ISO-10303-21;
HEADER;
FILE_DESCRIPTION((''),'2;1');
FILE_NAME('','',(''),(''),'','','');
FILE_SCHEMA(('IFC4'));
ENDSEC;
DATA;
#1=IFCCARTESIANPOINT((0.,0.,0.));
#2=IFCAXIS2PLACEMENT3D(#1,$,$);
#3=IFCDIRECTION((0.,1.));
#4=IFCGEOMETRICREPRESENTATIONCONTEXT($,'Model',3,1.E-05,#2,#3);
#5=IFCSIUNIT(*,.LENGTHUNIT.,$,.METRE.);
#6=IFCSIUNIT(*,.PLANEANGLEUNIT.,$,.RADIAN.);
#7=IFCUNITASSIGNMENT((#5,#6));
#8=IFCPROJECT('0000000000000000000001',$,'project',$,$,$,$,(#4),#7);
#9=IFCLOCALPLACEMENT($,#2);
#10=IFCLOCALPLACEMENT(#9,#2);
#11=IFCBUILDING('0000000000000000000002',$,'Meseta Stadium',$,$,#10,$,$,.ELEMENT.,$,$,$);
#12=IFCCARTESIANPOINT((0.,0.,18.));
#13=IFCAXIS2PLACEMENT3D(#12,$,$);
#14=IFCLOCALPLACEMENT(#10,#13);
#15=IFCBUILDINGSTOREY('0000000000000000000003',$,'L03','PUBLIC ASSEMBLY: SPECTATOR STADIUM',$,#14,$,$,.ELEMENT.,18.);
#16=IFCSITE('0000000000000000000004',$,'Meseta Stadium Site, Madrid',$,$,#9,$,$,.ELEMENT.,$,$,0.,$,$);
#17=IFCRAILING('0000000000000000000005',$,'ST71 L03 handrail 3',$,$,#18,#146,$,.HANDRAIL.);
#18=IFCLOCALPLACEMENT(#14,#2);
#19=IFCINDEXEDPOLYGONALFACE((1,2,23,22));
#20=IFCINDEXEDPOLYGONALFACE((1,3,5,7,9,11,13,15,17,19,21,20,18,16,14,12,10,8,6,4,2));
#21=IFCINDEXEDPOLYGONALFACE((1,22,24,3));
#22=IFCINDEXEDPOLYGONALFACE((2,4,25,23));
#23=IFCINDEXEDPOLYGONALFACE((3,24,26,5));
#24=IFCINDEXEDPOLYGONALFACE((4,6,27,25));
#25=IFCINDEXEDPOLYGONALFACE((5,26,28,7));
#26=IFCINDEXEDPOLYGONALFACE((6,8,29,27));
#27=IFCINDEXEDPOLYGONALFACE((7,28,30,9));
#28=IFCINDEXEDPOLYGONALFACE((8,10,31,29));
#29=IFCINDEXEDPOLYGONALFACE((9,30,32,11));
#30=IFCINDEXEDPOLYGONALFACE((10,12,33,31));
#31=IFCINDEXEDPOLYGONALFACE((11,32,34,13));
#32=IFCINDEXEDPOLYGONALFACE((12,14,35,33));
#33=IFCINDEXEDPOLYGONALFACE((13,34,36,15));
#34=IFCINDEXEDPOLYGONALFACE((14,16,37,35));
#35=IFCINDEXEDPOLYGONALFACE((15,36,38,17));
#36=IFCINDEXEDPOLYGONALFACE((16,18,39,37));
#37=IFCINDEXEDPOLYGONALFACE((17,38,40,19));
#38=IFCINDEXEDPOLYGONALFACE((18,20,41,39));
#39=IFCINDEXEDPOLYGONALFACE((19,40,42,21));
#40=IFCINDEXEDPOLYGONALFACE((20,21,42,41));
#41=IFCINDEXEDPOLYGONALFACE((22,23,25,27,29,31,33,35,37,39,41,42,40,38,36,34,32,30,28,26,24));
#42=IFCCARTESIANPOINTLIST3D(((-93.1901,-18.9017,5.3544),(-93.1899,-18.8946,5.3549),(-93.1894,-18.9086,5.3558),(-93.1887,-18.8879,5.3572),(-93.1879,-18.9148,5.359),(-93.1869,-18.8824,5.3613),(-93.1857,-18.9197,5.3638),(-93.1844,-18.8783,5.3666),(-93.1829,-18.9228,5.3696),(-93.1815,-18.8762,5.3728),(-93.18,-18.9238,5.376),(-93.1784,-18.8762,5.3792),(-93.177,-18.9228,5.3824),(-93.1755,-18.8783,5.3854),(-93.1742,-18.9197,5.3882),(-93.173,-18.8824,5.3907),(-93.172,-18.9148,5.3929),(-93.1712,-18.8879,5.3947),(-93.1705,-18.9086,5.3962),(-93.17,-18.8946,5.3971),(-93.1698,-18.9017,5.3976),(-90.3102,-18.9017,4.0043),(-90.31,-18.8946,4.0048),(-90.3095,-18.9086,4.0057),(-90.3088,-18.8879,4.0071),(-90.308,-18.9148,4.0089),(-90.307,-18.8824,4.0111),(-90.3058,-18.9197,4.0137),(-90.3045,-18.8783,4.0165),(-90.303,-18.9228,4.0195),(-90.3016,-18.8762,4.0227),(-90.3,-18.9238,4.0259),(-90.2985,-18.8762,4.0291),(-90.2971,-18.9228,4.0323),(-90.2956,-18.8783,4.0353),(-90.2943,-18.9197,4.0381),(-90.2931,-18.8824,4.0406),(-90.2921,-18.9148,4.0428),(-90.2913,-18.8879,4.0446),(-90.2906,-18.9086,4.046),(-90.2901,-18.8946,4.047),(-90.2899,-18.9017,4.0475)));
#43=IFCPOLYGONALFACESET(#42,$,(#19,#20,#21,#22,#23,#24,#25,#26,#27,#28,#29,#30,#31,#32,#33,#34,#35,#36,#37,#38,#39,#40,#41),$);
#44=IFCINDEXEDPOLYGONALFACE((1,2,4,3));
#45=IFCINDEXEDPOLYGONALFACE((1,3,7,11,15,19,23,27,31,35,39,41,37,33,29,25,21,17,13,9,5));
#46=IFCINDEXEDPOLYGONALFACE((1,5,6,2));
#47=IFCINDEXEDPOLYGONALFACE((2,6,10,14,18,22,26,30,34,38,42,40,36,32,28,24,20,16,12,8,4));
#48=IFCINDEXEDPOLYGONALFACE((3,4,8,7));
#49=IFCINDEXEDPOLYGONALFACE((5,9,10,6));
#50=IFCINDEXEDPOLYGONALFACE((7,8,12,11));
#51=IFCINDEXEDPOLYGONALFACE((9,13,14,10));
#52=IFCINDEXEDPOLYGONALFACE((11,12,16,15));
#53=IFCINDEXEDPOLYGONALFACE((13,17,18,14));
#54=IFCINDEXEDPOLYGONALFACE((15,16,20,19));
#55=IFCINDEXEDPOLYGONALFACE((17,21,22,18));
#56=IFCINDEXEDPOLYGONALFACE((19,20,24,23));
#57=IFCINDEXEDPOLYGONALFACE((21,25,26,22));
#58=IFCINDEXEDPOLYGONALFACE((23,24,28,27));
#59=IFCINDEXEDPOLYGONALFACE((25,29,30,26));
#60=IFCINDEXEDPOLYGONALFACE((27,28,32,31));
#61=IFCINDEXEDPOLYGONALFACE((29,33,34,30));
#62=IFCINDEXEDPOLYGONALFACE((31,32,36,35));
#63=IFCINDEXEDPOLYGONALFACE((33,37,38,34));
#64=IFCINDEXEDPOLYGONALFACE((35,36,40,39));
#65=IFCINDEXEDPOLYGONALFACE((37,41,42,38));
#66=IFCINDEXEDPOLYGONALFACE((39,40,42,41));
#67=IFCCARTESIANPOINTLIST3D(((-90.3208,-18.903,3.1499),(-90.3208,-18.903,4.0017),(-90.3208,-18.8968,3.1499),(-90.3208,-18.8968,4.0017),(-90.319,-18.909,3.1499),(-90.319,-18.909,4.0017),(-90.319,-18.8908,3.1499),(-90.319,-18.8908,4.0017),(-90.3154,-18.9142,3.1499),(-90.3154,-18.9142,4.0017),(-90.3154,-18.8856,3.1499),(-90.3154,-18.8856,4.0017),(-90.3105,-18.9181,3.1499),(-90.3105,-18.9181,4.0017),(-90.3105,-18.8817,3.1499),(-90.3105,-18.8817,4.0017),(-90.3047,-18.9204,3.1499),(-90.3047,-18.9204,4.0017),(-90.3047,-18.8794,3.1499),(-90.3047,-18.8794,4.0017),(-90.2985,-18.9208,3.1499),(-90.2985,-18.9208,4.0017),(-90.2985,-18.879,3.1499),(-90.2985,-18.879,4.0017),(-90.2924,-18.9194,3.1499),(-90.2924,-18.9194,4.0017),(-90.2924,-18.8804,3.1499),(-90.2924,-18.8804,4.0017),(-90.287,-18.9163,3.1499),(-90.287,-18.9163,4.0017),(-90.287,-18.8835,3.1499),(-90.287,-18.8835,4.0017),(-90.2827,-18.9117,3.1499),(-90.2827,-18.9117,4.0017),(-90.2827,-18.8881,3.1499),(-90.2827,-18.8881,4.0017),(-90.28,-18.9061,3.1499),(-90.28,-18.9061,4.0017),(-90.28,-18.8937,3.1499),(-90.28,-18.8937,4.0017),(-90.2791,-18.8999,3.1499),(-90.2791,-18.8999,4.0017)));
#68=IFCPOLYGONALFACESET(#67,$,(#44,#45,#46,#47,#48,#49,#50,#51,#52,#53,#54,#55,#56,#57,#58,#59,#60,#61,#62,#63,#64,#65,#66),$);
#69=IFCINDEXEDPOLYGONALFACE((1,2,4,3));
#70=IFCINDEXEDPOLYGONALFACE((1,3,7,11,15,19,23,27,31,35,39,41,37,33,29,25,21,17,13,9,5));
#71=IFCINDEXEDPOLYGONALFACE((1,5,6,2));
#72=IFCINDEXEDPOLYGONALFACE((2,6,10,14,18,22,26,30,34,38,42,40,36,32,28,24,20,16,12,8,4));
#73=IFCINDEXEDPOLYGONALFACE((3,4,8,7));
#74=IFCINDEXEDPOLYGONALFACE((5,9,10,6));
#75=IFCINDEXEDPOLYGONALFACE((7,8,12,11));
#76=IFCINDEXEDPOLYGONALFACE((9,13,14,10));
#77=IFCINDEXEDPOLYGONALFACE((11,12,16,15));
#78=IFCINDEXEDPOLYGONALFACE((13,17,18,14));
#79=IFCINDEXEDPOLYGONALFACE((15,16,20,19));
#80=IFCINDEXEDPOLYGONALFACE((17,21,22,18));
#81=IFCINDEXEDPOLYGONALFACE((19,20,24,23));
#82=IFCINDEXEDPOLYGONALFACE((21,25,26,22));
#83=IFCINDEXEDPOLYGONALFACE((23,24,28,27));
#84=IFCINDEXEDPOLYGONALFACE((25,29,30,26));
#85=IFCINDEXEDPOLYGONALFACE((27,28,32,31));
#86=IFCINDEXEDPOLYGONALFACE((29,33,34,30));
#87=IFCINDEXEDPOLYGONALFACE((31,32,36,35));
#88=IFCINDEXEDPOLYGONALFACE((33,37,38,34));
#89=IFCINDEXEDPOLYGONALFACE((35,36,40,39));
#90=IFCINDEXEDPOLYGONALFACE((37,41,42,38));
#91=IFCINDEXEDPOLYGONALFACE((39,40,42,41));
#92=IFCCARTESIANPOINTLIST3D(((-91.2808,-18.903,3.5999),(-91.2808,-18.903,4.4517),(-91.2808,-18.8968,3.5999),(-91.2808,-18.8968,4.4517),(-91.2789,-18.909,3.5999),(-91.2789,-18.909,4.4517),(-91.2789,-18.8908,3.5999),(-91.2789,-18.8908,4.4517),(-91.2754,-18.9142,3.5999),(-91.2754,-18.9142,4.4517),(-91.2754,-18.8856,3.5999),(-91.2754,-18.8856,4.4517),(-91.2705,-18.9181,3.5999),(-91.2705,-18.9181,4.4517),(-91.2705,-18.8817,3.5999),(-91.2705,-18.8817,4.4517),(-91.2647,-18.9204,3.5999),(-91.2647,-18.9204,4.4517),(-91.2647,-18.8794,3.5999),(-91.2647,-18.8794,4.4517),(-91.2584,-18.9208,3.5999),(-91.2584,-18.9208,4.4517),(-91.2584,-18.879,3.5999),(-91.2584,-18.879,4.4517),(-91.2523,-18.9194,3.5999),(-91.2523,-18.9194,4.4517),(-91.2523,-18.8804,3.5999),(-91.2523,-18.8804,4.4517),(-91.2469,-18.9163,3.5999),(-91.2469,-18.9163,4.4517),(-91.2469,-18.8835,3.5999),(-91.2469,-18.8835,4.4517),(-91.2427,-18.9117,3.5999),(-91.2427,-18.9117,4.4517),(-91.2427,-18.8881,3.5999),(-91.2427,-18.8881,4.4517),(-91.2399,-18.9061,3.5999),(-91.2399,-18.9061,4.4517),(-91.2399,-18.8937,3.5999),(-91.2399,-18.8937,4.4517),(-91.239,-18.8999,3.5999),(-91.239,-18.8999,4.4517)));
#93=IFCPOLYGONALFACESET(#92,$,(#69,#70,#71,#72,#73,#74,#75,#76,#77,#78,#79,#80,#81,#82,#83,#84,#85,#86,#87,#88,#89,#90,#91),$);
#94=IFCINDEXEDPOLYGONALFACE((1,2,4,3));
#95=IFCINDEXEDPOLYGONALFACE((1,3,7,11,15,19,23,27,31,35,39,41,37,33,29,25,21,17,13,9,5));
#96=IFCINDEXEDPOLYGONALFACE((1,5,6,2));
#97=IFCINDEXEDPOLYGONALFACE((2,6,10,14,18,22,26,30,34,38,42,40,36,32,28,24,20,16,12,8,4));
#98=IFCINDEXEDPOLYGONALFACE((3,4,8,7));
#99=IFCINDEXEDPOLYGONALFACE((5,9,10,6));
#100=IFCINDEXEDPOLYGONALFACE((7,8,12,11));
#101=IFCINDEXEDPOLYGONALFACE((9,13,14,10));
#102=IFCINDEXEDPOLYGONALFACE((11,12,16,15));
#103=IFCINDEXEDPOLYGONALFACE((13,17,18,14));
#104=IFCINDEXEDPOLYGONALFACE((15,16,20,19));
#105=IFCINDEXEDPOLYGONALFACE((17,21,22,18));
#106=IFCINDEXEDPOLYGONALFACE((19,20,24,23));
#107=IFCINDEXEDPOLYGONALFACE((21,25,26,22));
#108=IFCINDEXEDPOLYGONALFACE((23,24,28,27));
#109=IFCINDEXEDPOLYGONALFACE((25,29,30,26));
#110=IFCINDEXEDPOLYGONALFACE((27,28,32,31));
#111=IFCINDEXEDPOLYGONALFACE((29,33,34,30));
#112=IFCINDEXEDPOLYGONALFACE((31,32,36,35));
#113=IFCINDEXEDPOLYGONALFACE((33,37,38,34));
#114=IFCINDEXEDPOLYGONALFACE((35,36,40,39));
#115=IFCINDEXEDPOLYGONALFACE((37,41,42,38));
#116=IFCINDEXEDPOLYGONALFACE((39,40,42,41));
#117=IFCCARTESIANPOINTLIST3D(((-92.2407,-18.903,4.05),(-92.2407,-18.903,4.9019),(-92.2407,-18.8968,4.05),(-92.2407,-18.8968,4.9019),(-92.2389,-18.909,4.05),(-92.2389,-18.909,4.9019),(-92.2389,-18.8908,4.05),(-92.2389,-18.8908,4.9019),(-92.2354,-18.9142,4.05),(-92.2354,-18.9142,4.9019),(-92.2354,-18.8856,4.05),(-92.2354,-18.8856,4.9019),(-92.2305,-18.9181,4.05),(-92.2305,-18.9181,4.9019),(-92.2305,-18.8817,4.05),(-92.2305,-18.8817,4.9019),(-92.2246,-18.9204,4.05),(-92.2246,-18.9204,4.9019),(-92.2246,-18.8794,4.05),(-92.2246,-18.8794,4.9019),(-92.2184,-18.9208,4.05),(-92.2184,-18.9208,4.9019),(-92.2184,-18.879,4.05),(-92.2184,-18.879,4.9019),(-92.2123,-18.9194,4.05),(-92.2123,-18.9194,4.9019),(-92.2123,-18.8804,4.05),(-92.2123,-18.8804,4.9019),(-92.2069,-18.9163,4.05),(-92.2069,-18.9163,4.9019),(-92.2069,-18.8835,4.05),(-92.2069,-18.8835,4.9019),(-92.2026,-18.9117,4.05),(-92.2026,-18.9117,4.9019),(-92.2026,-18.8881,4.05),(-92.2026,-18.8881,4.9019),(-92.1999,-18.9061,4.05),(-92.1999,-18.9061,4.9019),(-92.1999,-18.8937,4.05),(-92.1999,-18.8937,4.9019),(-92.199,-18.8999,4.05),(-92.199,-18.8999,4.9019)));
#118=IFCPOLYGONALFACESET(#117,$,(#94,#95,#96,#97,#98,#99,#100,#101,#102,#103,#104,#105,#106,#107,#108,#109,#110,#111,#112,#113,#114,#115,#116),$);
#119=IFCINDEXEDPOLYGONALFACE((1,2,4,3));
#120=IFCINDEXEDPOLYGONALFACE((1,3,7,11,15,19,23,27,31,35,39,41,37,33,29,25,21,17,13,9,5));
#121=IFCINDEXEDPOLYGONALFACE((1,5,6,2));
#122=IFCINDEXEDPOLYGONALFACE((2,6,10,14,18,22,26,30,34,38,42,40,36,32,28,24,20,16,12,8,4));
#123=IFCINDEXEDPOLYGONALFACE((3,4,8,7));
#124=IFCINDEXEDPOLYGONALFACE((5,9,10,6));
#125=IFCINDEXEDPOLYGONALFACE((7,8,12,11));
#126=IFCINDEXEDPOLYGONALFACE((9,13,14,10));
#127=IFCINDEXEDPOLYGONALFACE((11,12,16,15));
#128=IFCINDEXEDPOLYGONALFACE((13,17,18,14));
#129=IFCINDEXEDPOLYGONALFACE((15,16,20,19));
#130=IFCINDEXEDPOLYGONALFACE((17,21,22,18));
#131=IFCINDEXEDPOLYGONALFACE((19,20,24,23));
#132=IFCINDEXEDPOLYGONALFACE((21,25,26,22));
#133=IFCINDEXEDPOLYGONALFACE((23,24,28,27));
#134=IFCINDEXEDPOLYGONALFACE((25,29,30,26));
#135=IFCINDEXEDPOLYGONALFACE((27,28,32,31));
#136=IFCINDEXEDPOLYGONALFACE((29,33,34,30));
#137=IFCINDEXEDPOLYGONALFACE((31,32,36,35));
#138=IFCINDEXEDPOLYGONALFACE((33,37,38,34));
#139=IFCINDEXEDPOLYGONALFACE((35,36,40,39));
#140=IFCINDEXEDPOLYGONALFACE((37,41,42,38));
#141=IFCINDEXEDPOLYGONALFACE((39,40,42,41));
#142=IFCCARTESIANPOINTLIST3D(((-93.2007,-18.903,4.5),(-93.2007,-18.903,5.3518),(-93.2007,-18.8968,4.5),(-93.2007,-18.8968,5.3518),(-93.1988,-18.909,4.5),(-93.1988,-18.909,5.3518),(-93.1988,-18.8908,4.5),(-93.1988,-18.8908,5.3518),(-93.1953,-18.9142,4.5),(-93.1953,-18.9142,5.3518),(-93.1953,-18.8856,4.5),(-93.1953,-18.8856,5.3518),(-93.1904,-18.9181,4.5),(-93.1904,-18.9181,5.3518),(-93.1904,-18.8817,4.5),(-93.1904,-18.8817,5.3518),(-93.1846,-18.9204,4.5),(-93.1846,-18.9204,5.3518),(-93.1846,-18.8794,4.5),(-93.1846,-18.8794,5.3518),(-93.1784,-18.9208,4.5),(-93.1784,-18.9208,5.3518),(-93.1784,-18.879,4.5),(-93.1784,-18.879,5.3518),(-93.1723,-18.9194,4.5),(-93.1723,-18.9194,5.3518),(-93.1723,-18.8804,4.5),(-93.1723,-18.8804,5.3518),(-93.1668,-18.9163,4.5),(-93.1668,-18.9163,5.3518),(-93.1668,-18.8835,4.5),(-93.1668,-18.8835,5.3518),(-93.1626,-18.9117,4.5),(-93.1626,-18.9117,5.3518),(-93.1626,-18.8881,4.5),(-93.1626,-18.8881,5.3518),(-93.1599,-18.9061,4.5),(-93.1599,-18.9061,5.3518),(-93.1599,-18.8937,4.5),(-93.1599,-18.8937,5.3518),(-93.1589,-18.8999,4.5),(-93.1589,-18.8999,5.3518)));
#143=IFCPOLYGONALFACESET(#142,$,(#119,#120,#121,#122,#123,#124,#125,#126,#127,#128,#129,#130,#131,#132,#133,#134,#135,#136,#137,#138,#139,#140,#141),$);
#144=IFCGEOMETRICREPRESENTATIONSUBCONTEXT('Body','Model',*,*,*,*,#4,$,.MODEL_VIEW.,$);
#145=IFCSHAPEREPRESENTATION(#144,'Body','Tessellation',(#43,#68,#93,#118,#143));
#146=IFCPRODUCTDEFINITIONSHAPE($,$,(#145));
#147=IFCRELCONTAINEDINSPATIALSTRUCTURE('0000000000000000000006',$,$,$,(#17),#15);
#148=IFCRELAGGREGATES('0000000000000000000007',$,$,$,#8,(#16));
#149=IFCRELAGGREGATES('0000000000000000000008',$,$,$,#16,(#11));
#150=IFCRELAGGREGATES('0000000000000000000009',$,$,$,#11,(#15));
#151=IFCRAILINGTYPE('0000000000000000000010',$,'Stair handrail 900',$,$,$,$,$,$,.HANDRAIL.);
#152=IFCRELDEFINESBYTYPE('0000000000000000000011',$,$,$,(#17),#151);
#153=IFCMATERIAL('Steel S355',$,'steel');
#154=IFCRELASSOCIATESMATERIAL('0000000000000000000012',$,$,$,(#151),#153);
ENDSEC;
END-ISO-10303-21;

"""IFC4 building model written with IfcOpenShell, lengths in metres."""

from ifc_helpers import new_model, si_unit, direction, frame, origin, origin_2d, place, context, subcontext, project, spatial, circle, extrude, material, type_object, element, save


model = new_model("IFC4")

# Units and contexts
model_context = context("Model", 3, precision=1e-05, world=origin(), true_north=direction((0.0, 1.0)))
body_context = subcontext(model_context, "Body", "Model", "MODEL_VIEW")
ifc_project = project(units=[si_unit("LENGTHUNIT", "METRE"), si_unit("PLANEANGLEUNIT", "RADIAN")], contexts=[model_context])

# Site, building, storey
site_placement = place(None, origin())
site = spatial("IfcSite", under=ifc_project, at=site_placement, Name="Meseta Stadium Site, Madrid", CompositionType="ELEMENT", RefElevation=0.0)
building_placement = place(site_placement, origin())
building = spatial("IfcBuilding", under=site, at=building_placement, Name="Meseta Stadium", CompositionType="ELEMENT")
storey_placement = place(building_placement, frame((0.0, 0.0, 18.0)))
storey = spatial("IfcBuildingStorey", under=building, at=storey_placement, Name="L03", Description="PUBLIC ASSEMBLY: SPECTATOR STADIUM", CompositionType="ELEMENT", Elevation=18.0)

# Railing
ifc_material_1 = material(Name="Steel S355", Category="steel")
railing_type_1 = type_object("IfcRailingType", Name="Stair handrail 900", PredefinedType="HANDRAIL", material=ifc_material_1)
for number, where, name in (
    (1, (-90.3, -18.8999, 3.1499), "ST71 L03 handrail 3"),
):
    element("IfcRailing", number, at=place(storey_placement, frame(where)), inside=storey, type_object=railing_type_1, Name=name, PredefinedType="HANDRAIL", context=body_context, shape_type="SweptSolid", body=[
        extrude(circle(Radius=0.0239, at=origin_2d()), frame((0.0, 0.0, 0.876), z_axis=(-0.90544, 0.0, 0.424473), x_axis=(0.0, -1.0, 0.0)), (0.0, 0.0, 1.0), 3.1807),
        extrude(circle(Radius=0.021, at=origin_2d()), origin(), (0.0, 0.0, 1.0), 0.8518),
        extrude(circle(Radius=0.021, at=origin_2d()), frame((-0.96, 0.0, 0.45)), (0.0, 0.0, 1.0), 0.8518),
        extrude(circle(Radius=0.021, at=origin_2d()), frame((-1.9199, 0.0, 0.9001)), (0.0, 0.0, 1.0), 0.8518),
        extrude(circle(Radius=0.021, at=origin_2d()), frame((-2.8799, 0.0, 1.3501)), (0.0, 0.0, 1.0), 0.8518),
    ])

save(model, "model.ifc")
